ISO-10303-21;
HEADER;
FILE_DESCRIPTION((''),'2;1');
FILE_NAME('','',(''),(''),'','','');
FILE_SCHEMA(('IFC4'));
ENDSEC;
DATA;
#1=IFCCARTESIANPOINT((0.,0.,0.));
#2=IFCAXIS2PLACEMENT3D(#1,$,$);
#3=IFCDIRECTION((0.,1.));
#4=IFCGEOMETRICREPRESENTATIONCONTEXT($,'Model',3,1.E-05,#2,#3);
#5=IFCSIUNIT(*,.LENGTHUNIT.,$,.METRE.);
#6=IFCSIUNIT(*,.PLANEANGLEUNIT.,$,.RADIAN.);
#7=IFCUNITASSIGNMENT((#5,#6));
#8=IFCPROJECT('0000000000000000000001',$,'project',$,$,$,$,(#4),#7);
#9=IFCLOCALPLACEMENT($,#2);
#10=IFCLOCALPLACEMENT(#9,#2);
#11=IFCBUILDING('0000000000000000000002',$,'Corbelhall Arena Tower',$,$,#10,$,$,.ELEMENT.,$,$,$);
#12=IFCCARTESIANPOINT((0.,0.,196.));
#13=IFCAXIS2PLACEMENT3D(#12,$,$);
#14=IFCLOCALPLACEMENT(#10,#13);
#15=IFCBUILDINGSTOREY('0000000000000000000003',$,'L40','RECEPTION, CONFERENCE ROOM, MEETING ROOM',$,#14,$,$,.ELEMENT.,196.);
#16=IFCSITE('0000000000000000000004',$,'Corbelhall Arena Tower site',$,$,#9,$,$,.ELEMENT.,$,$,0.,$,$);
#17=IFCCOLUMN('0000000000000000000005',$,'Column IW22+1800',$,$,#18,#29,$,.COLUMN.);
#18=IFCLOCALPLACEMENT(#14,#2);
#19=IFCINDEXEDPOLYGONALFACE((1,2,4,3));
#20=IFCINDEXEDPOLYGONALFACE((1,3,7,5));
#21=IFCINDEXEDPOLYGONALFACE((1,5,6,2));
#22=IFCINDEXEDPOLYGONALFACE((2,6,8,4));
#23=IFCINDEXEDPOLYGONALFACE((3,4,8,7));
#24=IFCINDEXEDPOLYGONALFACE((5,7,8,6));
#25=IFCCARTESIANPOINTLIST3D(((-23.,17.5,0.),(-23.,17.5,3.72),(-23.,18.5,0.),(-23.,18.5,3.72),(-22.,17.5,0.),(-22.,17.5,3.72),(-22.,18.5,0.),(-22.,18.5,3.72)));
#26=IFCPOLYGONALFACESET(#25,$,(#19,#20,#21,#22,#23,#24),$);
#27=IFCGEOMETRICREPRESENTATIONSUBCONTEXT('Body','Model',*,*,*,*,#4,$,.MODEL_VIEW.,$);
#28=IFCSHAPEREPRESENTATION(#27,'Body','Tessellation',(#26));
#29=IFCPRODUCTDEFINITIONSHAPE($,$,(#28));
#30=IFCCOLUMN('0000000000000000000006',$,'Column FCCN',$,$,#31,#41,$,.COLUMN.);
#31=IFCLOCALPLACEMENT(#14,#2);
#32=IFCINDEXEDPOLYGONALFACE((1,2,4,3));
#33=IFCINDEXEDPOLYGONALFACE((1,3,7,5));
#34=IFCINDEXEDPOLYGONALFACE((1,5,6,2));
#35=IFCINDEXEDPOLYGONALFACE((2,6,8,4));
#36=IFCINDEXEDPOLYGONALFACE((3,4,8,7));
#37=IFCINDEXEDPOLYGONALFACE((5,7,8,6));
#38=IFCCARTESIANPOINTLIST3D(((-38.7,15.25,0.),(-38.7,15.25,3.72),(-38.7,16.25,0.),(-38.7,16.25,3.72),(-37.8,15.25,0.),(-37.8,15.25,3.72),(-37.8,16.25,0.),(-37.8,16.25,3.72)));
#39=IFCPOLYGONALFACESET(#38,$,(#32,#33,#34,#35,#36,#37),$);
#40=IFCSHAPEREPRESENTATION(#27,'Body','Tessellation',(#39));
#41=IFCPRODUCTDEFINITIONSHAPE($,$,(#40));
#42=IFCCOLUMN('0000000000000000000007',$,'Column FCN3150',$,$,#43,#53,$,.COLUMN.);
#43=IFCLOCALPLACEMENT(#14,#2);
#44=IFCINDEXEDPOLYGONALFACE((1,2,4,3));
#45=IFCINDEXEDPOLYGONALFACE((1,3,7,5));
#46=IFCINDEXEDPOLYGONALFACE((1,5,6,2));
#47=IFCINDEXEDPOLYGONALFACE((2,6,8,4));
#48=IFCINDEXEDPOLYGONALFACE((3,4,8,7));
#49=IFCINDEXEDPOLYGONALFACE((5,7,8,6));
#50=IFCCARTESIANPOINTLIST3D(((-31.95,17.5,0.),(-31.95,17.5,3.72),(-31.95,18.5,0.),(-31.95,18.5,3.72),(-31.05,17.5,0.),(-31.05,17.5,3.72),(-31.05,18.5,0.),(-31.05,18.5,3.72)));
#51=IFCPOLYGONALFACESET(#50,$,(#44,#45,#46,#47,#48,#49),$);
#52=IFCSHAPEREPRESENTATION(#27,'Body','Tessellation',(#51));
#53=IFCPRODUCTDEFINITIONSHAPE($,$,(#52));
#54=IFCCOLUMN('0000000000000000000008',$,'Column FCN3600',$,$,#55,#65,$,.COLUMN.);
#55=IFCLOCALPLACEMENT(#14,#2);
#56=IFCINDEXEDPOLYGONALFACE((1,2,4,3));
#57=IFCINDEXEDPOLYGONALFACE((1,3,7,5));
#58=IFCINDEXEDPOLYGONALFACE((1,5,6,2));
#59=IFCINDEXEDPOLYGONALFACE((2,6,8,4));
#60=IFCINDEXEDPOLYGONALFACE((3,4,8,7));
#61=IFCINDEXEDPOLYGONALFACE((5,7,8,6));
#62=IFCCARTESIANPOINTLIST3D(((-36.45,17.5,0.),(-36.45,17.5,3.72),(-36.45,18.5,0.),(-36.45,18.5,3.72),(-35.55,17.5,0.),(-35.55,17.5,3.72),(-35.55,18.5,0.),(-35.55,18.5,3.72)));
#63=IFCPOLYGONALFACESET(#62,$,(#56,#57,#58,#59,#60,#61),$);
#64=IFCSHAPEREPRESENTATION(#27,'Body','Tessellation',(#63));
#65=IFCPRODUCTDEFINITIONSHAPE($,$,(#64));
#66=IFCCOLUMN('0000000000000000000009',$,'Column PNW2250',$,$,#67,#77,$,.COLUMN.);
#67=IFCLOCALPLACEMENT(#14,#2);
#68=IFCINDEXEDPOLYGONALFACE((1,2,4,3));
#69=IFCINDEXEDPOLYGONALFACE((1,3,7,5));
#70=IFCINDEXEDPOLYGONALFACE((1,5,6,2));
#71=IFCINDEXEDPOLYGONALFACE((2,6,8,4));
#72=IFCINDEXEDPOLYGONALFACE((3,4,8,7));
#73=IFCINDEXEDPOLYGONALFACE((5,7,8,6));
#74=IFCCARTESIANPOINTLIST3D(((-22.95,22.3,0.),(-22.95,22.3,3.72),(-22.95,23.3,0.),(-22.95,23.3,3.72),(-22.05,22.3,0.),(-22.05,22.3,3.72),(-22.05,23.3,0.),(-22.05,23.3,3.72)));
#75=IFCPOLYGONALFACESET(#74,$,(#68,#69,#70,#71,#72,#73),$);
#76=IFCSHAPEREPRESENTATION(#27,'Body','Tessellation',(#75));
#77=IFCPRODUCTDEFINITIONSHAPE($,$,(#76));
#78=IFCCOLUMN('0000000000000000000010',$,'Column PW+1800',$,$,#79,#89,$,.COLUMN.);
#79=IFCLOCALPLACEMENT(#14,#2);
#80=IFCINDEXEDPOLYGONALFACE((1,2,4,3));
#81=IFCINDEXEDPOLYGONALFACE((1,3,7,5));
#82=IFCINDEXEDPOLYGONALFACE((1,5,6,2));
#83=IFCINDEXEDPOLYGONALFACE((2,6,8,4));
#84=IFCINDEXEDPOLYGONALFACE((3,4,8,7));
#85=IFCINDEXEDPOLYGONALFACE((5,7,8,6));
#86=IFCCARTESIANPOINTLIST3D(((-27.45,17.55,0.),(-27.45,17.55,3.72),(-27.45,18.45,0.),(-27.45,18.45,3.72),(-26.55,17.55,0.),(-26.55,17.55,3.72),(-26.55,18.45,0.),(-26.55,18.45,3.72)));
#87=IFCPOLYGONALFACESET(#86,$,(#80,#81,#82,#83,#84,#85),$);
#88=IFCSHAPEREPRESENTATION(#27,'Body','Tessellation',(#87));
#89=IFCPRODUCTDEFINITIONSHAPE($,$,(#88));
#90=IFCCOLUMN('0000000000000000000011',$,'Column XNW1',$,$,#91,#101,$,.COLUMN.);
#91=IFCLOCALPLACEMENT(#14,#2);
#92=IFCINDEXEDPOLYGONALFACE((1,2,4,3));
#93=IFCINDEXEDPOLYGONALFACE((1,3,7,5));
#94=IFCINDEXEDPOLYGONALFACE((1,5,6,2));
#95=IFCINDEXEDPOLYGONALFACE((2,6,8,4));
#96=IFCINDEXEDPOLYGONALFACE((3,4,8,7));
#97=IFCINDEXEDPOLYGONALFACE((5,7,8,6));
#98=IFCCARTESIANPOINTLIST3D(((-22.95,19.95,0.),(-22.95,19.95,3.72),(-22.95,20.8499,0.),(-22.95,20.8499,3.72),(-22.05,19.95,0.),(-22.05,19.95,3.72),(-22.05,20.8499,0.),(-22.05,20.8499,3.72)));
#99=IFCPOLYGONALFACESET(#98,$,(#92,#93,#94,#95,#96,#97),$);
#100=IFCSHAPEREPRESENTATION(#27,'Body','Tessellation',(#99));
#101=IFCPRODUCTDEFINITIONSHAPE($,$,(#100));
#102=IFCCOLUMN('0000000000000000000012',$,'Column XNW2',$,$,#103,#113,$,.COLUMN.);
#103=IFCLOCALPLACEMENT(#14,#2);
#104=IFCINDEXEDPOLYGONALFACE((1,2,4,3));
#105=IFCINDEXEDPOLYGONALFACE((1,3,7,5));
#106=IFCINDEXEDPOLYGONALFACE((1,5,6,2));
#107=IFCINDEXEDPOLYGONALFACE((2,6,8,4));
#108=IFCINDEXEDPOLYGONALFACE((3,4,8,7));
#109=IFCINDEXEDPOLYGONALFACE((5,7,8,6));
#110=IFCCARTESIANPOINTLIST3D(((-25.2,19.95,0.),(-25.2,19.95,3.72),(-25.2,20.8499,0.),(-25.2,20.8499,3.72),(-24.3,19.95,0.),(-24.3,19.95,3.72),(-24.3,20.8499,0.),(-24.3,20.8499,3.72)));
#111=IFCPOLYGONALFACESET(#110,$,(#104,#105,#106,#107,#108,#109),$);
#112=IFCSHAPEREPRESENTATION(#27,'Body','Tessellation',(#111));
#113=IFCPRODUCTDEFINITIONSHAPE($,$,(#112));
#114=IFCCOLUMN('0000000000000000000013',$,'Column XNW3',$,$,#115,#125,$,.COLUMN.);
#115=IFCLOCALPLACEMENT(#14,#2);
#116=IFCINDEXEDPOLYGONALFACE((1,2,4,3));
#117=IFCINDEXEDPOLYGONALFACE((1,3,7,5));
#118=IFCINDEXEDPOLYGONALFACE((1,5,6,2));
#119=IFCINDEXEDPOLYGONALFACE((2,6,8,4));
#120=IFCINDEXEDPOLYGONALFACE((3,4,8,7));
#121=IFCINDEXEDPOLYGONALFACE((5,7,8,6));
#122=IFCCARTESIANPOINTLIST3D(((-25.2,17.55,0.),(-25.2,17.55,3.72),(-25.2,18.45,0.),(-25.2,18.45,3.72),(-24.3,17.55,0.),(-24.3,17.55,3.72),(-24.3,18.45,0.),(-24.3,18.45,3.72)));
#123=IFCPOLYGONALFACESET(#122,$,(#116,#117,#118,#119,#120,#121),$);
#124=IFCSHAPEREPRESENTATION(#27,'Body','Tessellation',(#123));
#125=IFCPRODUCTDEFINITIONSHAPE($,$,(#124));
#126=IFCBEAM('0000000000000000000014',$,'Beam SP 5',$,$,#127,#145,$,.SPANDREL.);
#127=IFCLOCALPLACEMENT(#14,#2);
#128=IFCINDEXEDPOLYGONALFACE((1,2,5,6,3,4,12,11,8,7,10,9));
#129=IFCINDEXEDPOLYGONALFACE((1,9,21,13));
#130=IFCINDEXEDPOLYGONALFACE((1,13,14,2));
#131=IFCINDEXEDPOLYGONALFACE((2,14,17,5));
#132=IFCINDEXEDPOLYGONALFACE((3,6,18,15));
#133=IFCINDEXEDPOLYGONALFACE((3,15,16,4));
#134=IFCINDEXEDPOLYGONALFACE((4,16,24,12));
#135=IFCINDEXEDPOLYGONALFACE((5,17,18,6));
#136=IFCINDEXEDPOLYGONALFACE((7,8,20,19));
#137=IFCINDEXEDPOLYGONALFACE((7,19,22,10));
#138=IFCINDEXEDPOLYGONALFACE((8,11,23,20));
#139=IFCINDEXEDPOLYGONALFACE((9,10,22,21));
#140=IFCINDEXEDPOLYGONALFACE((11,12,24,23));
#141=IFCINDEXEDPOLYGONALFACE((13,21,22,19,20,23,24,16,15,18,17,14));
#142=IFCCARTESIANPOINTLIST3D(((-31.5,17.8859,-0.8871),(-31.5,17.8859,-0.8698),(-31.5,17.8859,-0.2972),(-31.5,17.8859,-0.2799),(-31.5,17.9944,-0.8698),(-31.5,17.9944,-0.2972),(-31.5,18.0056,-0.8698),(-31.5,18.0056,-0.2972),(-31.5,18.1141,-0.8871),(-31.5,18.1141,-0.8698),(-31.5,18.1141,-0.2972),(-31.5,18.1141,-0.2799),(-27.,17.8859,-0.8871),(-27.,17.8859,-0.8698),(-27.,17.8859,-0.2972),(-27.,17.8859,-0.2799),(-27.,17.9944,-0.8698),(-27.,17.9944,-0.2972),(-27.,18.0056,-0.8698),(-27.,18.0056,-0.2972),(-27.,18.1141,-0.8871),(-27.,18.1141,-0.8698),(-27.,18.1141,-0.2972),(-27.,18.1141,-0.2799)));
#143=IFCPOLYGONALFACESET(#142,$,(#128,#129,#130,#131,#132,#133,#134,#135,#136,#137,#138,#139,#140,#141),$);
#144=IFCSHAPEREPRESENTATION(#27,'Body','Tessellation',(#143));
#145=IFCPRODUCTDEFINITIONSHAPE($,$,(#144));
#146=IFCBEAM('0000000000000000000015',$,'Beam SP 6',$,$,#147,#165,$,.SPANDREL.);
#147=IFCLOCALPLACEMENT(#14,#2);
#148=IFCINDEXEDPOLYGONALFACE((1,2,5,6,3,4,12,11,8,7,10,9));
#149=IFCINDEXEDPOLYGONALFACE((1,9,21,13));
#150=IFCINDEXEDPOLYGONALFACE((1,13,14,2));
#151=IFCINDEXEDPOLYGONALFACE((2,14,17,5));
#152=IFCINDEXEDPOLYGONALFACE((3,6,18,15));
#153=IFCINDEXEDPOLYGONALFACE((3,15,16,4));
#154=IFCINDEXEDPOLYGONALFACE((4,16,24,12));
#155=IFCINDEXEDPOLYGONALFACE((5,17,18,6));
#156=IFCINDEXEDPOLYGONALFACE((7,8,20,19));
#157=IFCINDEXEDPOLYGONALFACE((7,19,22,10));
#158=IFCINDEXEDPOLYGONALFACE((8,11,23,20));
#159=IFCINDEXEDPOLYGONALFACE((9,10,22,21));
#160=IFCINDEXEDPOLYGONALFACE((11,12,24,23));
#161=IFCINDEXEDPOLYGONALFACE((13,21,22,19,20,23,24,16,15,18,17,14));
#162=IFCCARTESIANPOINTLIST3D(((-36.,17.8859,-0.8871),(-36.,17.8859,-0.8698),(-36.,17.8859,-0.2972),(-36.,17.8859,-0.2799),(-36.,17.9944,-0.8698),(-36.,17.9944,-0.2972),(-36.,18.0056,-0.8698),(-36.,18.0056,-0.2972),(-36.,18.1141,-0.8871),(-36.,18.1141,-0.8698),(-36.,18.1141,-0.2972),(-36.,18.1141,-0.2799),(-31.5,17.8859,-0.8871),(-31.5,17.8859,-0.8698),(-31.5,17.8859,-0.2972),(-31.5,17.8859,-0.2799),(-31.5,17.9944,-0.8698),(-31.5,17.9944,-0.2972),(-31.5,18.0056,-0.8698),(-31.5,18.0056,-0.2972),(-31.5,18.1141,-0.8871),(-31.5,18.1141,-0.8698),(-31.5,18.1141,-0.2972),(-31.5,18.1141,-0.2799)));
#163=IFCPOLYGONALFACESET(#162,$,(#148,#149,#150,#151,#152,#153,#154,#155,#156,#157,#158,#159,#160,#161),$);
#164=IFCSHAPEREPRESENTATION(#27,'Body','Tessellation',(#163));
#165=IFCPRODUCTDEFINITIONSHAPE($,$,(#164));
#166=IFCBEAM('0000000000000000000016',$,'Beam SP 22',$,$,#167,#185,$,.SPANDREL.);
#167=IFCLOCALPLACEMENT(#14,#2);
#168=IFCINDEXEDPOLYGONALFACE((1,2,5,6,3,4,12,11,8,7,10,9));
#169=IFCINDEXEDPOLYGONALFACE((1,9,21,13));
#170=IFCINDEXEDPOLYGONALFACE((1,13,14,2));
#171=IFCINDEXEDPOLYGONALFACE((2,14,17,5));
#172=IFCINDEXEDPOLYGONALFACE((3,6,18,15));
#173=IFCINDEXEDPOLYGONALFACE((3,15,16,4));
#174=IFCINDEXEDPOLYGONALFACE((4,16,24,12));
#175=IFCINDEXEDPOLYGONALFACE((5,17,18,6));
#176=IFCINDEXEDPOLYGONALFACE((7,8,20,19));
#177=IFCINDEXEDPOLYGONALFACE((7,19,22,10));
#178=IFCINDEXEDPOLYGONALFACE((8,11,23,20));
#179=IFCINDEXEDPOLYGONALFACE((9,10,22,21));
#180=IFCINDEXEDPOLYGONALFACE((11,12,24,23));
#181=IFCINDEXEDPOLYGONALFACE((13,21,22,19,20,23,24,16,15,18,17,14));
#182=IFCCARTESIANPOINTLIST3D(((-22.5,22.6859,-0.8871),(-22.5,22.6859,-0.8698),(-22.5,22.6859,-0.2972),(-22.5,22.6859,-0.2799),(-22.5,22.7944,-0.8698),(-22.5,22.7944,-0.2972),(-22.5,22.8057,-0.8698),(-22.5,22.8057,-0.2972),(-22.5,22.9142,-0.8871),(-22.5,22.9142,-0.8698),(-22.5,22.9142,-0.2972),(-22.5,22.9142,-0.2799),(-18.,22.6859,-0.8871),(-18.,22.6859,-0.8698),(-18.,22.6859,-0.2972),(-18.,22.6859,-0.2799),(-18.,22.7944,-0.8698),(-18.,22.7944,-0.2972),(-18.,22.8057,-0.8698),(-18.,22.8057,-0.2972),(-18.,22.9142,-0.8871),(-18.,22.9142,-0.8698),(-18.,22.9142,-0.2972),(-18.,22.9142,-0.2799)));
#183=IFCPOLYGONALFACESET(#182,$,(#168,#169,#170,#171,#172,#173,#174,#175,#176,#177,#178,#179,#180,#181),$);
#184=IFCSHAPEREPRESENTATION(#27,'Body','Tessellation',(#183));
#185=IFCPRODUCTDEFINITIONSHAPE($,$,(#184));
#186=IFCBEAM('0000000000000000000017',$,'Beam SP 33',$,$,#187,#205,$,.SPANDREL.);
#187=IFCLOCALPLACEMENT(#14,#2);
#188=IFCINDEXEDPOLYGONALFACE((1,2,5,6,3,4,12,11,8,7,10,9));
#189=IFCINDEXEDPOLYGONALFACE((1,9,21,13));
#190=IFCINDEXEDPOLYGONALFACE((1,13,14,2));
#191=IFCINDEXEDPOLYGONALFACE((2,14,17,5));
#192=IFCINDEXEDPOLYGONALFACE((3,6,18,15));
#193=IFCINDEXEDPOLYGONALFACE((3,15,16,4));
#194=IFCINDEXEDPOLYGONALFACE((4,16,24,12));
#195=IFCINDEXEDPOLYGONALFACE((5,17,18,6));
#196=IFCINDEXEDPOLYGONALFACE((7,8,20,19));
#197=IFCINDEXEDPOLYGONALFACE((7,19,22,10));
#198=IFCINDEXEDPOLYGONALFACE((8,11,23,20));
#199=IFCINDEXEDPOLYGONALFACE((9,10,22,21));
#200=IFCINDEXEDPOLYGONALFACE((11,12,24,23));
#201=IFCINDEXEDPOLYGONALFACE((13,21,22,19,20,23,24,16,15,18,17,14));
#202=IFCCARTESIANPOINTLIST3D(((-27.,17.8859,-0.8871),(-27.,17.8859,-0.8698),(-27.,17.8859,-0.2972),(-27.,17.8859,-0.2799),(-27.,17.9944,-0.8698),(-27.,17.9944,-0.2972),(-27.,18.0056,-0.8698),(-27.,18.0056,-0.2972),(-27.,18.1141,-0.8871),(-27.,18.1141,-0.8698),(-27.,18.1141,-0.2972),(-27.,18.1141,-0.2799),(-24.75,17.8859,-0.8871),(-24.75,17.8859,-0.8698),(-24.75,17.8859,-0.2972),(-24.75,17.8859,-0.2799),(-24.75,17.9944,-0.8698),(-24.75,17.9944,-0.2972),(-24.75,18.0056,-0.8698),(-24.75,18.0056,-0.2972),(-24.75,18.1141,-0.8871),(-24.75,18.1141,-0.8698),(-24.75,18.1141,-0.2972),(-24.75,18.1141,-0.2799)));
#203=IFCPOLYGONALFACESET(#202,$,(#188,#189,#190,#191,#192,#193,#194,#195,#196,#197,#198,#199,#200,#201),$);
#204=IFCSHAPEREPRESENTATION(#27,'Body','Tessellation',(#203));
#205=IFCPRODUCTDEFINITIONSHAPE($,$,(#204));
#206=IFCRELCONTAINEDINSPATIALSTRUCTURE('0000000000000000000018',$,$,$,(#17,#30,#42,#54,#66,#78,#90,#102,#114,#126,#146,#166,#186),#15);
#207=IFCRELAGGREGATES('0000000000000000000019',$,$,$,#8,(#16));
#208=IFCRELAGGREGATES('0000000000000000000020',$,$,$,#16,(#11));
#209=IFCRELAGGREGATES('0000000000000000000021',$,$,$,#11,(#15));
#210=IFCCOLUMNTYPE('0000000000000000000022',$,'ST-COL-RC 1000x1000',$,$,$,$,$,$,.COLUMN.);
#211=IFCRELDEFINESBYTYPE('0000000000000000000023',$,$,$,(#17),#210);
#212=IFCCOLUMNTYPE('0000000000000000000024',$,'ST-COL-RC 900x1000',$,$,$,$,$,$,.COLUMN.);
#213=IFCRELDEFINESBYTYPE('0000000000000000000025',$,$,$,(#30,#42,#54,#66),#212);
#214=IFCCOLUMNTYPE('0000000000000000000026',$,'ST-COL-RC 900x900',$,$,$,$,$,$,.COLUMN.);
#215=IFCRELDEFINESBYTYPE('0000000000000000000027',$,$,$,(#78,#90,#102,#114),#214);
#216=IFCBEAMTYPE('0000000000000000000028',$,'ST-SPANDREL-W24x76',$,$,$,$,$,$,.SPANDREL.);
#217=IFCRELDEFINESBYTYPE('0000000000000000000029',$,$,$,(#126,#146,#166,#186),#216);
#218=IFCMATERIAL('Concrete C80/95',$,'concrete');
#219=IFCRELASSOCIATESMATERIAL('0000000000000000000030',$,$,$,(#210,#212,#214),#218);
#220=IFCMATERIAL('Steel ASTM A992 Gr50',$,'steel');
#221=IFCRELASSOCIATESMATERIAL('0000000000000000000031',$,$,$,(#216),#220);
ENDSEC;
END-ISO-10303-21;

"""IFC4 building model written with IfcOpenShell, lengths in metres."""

from ifc_helpers import new_model, si_unit, direction, frame, origin, origin_2d, place, context, subcontext, project, spatial, rectangle, i_section, extrude, material, material_profile, profile_set, type_object, element, save


model = new_model("IFC4")

# Units and contexts
model_context = context("Model", 3, precision=1e-05, world=origin(), true_north=direction((0.0, 1.0)))
body_context = subcontext(model_context, "Body", "Model", "MODEL_VIEW")
ifc_project = project(units=[si_unit("LENGTHUNIT", "METRE"), si_unit("PLANEANGLEUNIT", "RADIAN")], contexts=[model_context])

# Site, building, storey
site_placement = place(None, origin())
site = spatial("IfcSite", under=ifc_project, at=site_placement, Name="Corbelhall Arena Tower site", CompositionType="ELEMENT", RefElevation=0.0)
building_placement = place(site_placement, origin())
building = spatial("IfcBuilding", under=site, at=building_placement, Name="Corbelhall Arena Tower", CompositionType="ELEMENT")
storey_placement = place(building_placement, frame((0.0, 0.0, 196.0)))
storey = spatial("IfcBuildingStorey", under=building, at=storey_placement, Name="L40", Description="RECEPTION, CONFERENCE ROOM, MEETING ROOM", CompositionType="ELEMENT", Elevation=196.0)

# Columns
ifc_material_1 = material(Name="Concrete C80/95", Category="concrete")
ifc_material_profile_1 = material_profile(ifc_material_1, rectangle(XDim=1.0, YDim=1.0, at=origin_2d()))
ifc_profile_set_1 = profile_set([ifc_material_profile_1], Name="Concrete C80/95")
column_type_1 = type_object("IfcColumnType", Name="ST-COL-RC 1000x1000", PredefinedType="COLUMN", material=ifc_profile_set_1)
column_placement = place(storey_placement, frame((-22.5, 18.0, 0.0), z_axis=(0.0, 0.0, 1.0), x_axis=(1.0, 0.0, 0.0)))
element("IfcColumn", 1, at=column_placement, inside=storey, type_object=column_type_1, Name="Column IW22+1800", PredefinedType="COLUMN", context=body_context, shape_type="SweptSolid", body=[
    extrude(rectangle(XDim=1.0, YDim=1.0, at=origin_2d()), origin(), (0.0, 0.0, 1.0), 3.72),
])
ifc_material_profile_2 = material_profile(ifc_material_1, rectangle(XDim=0.8999, YDim=1.0, at=origin_2d()))
ifc_profile_set_2 = profile_set([ifc_material_profile_2], Name="Concrete C80/95")
column_type_2 = type_object("IfcColumnType", Name="ST-COL-RC 900x1000", PredefinedType="COLUMN", material=ifc_profile_set_2)
for number, where, z_axis, x_axis, name in (
    (2, (-38.25, 15.75, 0.0), (0.0, 0.0, 1.0), (1.0, 0.0, 0.0), "Column FCCN"),
    (3, (-31.5, 18.0, 0.0), (0.0, 0.0, 1.0), (1.0, 0.0, 0.0), "Column FCN3150"),
    (4, (-36.0, 18.0, 0.0), (0.0, 0.0, 1.0), (1.0, 0.0, 0.0), "Column FCN3600"),
    (5, (-22.5, 22.8, 0.0), (0.0, 0.0, 1.0), (1.0, 0.0, 0.0), "Column PNW2250"),
):
    element("IfcColumn", number, at=place(storey_placement, frame(where, z_axis=z_axis, x_axis=x_axis)), inside=storey, type_object=column_type_2, Name=name, PredefinedType="COLUMN", context=body_context, shape_type="SweptSolid", body=[
        extrude(rectangle(XDim=0.8999, YDim=1.0, at=origin_2d()), origin(), (0.0, 0.0, 1.0), 3.72),
    ])
ifc_material_profile_3 = material_profile(ifc_material_1, rectangle(XDim=0.8999, YDim=0.8999, at=origin_2d()))
ifc_profile_set_3 = profile_set([ifc_material_profile_3], Name="Concrete C80/95")
column_type_3 = type_object("IfcColumnType", Name="ST-COL-RC 900x900", PredefinedType="COLUMN", material=ifc_profile_set_3)
for number, where, z_axis, x_axis, name in (
    (6, (-27.0, 18.0, 0.0), (0.0, 0.0, 1.0), (1.0, 0.0, 0.0), "Column PW+1800"),
    (7, (-22.5, 20.3999, 0.0), (0.0, 0.0, 1.0), (1.0, 0.0, 0.0), "Column XNW1"),
    (8, (-24.75, 20.3999, 0.0), (0.0, 0.0, 1.0), (1.0, 0.0, 0.0), "Column XNW2"),
    (9, (-24.75, 18.0, 0.0), (0.0, 0.0, 1.0), (1.0, 0.0, 0.0), "Column XNW3"),
):
    element("IfcColumn", number, at=place(storey_placement, frame(where, z_axis=z_axis, x_axis=x_axis)), inside=storey, type_object=column_type_3, Name=name, PredefinedType="COLUMN", context=body_context, shape_type="SweptSolid", body=[
        extrude(rectangle(XDim=0.8999, YDim=0.8999, at=origin_2d()), origin(), (0.0, 0.0, 1.0), 3.72),
    ])

# Beams
ifc_material_2 = material(Name="Steel ASTM A992 Gr50", Category="steel")
ifc_material_profile_4 = material_profile(ifc_material_2, i_section(OverallWidth=0.2283, OverallDepth=0.6072, WebThickness=0.0112, FlangeThickness=0.0173, at=origin_2d()))
ifc_profile_set_4 = profile_set([ifc_material_profile_4], Name="Steel ASTM A992 Gr50")
beam_type = type_object("IfcBeamType", Name="ST-SPANDREL-W24x76", PredefinedType="SPANDREL", material=ifc_profile_set_4)
for number, where, z_axis, x_axis, name in (
    (10, (-31.5, 18.0, -0.5835), (1.0, 0.0, 0.0), (0.0, 1.0, 0.0), "Beam SP 5"),
    (11, (-36.0, 18.0, -0.5835), (1.0, 0.0, 0.0), (0.0, 1.0, 0.0), "Beam SP 6"),
    (12, (-22.5, 22.8, -0.5835), (1.0, 0.0, 0.0), (0.0, 1.0, 0.0), "Beam SP 22"),
):
    element("IfcBeam", number, at=place(storey_placement, frame(where, z_axis=z_axis, x_axis=x_axis)), inside=storey, type_object=beam_type, Name=name, PredefinedType="SPANDREL", context=body_context, shape_type="SweptSolid", body=[
        extrude(i_section(OverallWidth=0.2283, OverallDepth=0.6072, WebThickness=0.0112, FlangeThickness=0.0173, at=origin_2d()), origin(), (0.0, 0.0, 1.0), 4.5),
    ])
beam_1_placement = place(storey_placement, frame((-27.0, 18.0, -0.5835), z_axis=(1.0, 0.0, 0.0), x_axis=(0.0, 1.0, 0.0)))
element("IfcBeam", 13, at=beam_1_placement, inside=storey, type_object=beam_type, Name="Beam SP 33", PredefinedType="SPANDREL", context=body_context, shape_type="SweptSolid", body=[
    extrude(i_section(OverallWidth=0.2283, OverallDepth=0.6072, WebThickness=0.0112, FlangeThickness=0.0173, at=origin_2d()), origin(), (0.0, 0.0, 1.0), 2.25),
])

save(model, "model.ifc")
